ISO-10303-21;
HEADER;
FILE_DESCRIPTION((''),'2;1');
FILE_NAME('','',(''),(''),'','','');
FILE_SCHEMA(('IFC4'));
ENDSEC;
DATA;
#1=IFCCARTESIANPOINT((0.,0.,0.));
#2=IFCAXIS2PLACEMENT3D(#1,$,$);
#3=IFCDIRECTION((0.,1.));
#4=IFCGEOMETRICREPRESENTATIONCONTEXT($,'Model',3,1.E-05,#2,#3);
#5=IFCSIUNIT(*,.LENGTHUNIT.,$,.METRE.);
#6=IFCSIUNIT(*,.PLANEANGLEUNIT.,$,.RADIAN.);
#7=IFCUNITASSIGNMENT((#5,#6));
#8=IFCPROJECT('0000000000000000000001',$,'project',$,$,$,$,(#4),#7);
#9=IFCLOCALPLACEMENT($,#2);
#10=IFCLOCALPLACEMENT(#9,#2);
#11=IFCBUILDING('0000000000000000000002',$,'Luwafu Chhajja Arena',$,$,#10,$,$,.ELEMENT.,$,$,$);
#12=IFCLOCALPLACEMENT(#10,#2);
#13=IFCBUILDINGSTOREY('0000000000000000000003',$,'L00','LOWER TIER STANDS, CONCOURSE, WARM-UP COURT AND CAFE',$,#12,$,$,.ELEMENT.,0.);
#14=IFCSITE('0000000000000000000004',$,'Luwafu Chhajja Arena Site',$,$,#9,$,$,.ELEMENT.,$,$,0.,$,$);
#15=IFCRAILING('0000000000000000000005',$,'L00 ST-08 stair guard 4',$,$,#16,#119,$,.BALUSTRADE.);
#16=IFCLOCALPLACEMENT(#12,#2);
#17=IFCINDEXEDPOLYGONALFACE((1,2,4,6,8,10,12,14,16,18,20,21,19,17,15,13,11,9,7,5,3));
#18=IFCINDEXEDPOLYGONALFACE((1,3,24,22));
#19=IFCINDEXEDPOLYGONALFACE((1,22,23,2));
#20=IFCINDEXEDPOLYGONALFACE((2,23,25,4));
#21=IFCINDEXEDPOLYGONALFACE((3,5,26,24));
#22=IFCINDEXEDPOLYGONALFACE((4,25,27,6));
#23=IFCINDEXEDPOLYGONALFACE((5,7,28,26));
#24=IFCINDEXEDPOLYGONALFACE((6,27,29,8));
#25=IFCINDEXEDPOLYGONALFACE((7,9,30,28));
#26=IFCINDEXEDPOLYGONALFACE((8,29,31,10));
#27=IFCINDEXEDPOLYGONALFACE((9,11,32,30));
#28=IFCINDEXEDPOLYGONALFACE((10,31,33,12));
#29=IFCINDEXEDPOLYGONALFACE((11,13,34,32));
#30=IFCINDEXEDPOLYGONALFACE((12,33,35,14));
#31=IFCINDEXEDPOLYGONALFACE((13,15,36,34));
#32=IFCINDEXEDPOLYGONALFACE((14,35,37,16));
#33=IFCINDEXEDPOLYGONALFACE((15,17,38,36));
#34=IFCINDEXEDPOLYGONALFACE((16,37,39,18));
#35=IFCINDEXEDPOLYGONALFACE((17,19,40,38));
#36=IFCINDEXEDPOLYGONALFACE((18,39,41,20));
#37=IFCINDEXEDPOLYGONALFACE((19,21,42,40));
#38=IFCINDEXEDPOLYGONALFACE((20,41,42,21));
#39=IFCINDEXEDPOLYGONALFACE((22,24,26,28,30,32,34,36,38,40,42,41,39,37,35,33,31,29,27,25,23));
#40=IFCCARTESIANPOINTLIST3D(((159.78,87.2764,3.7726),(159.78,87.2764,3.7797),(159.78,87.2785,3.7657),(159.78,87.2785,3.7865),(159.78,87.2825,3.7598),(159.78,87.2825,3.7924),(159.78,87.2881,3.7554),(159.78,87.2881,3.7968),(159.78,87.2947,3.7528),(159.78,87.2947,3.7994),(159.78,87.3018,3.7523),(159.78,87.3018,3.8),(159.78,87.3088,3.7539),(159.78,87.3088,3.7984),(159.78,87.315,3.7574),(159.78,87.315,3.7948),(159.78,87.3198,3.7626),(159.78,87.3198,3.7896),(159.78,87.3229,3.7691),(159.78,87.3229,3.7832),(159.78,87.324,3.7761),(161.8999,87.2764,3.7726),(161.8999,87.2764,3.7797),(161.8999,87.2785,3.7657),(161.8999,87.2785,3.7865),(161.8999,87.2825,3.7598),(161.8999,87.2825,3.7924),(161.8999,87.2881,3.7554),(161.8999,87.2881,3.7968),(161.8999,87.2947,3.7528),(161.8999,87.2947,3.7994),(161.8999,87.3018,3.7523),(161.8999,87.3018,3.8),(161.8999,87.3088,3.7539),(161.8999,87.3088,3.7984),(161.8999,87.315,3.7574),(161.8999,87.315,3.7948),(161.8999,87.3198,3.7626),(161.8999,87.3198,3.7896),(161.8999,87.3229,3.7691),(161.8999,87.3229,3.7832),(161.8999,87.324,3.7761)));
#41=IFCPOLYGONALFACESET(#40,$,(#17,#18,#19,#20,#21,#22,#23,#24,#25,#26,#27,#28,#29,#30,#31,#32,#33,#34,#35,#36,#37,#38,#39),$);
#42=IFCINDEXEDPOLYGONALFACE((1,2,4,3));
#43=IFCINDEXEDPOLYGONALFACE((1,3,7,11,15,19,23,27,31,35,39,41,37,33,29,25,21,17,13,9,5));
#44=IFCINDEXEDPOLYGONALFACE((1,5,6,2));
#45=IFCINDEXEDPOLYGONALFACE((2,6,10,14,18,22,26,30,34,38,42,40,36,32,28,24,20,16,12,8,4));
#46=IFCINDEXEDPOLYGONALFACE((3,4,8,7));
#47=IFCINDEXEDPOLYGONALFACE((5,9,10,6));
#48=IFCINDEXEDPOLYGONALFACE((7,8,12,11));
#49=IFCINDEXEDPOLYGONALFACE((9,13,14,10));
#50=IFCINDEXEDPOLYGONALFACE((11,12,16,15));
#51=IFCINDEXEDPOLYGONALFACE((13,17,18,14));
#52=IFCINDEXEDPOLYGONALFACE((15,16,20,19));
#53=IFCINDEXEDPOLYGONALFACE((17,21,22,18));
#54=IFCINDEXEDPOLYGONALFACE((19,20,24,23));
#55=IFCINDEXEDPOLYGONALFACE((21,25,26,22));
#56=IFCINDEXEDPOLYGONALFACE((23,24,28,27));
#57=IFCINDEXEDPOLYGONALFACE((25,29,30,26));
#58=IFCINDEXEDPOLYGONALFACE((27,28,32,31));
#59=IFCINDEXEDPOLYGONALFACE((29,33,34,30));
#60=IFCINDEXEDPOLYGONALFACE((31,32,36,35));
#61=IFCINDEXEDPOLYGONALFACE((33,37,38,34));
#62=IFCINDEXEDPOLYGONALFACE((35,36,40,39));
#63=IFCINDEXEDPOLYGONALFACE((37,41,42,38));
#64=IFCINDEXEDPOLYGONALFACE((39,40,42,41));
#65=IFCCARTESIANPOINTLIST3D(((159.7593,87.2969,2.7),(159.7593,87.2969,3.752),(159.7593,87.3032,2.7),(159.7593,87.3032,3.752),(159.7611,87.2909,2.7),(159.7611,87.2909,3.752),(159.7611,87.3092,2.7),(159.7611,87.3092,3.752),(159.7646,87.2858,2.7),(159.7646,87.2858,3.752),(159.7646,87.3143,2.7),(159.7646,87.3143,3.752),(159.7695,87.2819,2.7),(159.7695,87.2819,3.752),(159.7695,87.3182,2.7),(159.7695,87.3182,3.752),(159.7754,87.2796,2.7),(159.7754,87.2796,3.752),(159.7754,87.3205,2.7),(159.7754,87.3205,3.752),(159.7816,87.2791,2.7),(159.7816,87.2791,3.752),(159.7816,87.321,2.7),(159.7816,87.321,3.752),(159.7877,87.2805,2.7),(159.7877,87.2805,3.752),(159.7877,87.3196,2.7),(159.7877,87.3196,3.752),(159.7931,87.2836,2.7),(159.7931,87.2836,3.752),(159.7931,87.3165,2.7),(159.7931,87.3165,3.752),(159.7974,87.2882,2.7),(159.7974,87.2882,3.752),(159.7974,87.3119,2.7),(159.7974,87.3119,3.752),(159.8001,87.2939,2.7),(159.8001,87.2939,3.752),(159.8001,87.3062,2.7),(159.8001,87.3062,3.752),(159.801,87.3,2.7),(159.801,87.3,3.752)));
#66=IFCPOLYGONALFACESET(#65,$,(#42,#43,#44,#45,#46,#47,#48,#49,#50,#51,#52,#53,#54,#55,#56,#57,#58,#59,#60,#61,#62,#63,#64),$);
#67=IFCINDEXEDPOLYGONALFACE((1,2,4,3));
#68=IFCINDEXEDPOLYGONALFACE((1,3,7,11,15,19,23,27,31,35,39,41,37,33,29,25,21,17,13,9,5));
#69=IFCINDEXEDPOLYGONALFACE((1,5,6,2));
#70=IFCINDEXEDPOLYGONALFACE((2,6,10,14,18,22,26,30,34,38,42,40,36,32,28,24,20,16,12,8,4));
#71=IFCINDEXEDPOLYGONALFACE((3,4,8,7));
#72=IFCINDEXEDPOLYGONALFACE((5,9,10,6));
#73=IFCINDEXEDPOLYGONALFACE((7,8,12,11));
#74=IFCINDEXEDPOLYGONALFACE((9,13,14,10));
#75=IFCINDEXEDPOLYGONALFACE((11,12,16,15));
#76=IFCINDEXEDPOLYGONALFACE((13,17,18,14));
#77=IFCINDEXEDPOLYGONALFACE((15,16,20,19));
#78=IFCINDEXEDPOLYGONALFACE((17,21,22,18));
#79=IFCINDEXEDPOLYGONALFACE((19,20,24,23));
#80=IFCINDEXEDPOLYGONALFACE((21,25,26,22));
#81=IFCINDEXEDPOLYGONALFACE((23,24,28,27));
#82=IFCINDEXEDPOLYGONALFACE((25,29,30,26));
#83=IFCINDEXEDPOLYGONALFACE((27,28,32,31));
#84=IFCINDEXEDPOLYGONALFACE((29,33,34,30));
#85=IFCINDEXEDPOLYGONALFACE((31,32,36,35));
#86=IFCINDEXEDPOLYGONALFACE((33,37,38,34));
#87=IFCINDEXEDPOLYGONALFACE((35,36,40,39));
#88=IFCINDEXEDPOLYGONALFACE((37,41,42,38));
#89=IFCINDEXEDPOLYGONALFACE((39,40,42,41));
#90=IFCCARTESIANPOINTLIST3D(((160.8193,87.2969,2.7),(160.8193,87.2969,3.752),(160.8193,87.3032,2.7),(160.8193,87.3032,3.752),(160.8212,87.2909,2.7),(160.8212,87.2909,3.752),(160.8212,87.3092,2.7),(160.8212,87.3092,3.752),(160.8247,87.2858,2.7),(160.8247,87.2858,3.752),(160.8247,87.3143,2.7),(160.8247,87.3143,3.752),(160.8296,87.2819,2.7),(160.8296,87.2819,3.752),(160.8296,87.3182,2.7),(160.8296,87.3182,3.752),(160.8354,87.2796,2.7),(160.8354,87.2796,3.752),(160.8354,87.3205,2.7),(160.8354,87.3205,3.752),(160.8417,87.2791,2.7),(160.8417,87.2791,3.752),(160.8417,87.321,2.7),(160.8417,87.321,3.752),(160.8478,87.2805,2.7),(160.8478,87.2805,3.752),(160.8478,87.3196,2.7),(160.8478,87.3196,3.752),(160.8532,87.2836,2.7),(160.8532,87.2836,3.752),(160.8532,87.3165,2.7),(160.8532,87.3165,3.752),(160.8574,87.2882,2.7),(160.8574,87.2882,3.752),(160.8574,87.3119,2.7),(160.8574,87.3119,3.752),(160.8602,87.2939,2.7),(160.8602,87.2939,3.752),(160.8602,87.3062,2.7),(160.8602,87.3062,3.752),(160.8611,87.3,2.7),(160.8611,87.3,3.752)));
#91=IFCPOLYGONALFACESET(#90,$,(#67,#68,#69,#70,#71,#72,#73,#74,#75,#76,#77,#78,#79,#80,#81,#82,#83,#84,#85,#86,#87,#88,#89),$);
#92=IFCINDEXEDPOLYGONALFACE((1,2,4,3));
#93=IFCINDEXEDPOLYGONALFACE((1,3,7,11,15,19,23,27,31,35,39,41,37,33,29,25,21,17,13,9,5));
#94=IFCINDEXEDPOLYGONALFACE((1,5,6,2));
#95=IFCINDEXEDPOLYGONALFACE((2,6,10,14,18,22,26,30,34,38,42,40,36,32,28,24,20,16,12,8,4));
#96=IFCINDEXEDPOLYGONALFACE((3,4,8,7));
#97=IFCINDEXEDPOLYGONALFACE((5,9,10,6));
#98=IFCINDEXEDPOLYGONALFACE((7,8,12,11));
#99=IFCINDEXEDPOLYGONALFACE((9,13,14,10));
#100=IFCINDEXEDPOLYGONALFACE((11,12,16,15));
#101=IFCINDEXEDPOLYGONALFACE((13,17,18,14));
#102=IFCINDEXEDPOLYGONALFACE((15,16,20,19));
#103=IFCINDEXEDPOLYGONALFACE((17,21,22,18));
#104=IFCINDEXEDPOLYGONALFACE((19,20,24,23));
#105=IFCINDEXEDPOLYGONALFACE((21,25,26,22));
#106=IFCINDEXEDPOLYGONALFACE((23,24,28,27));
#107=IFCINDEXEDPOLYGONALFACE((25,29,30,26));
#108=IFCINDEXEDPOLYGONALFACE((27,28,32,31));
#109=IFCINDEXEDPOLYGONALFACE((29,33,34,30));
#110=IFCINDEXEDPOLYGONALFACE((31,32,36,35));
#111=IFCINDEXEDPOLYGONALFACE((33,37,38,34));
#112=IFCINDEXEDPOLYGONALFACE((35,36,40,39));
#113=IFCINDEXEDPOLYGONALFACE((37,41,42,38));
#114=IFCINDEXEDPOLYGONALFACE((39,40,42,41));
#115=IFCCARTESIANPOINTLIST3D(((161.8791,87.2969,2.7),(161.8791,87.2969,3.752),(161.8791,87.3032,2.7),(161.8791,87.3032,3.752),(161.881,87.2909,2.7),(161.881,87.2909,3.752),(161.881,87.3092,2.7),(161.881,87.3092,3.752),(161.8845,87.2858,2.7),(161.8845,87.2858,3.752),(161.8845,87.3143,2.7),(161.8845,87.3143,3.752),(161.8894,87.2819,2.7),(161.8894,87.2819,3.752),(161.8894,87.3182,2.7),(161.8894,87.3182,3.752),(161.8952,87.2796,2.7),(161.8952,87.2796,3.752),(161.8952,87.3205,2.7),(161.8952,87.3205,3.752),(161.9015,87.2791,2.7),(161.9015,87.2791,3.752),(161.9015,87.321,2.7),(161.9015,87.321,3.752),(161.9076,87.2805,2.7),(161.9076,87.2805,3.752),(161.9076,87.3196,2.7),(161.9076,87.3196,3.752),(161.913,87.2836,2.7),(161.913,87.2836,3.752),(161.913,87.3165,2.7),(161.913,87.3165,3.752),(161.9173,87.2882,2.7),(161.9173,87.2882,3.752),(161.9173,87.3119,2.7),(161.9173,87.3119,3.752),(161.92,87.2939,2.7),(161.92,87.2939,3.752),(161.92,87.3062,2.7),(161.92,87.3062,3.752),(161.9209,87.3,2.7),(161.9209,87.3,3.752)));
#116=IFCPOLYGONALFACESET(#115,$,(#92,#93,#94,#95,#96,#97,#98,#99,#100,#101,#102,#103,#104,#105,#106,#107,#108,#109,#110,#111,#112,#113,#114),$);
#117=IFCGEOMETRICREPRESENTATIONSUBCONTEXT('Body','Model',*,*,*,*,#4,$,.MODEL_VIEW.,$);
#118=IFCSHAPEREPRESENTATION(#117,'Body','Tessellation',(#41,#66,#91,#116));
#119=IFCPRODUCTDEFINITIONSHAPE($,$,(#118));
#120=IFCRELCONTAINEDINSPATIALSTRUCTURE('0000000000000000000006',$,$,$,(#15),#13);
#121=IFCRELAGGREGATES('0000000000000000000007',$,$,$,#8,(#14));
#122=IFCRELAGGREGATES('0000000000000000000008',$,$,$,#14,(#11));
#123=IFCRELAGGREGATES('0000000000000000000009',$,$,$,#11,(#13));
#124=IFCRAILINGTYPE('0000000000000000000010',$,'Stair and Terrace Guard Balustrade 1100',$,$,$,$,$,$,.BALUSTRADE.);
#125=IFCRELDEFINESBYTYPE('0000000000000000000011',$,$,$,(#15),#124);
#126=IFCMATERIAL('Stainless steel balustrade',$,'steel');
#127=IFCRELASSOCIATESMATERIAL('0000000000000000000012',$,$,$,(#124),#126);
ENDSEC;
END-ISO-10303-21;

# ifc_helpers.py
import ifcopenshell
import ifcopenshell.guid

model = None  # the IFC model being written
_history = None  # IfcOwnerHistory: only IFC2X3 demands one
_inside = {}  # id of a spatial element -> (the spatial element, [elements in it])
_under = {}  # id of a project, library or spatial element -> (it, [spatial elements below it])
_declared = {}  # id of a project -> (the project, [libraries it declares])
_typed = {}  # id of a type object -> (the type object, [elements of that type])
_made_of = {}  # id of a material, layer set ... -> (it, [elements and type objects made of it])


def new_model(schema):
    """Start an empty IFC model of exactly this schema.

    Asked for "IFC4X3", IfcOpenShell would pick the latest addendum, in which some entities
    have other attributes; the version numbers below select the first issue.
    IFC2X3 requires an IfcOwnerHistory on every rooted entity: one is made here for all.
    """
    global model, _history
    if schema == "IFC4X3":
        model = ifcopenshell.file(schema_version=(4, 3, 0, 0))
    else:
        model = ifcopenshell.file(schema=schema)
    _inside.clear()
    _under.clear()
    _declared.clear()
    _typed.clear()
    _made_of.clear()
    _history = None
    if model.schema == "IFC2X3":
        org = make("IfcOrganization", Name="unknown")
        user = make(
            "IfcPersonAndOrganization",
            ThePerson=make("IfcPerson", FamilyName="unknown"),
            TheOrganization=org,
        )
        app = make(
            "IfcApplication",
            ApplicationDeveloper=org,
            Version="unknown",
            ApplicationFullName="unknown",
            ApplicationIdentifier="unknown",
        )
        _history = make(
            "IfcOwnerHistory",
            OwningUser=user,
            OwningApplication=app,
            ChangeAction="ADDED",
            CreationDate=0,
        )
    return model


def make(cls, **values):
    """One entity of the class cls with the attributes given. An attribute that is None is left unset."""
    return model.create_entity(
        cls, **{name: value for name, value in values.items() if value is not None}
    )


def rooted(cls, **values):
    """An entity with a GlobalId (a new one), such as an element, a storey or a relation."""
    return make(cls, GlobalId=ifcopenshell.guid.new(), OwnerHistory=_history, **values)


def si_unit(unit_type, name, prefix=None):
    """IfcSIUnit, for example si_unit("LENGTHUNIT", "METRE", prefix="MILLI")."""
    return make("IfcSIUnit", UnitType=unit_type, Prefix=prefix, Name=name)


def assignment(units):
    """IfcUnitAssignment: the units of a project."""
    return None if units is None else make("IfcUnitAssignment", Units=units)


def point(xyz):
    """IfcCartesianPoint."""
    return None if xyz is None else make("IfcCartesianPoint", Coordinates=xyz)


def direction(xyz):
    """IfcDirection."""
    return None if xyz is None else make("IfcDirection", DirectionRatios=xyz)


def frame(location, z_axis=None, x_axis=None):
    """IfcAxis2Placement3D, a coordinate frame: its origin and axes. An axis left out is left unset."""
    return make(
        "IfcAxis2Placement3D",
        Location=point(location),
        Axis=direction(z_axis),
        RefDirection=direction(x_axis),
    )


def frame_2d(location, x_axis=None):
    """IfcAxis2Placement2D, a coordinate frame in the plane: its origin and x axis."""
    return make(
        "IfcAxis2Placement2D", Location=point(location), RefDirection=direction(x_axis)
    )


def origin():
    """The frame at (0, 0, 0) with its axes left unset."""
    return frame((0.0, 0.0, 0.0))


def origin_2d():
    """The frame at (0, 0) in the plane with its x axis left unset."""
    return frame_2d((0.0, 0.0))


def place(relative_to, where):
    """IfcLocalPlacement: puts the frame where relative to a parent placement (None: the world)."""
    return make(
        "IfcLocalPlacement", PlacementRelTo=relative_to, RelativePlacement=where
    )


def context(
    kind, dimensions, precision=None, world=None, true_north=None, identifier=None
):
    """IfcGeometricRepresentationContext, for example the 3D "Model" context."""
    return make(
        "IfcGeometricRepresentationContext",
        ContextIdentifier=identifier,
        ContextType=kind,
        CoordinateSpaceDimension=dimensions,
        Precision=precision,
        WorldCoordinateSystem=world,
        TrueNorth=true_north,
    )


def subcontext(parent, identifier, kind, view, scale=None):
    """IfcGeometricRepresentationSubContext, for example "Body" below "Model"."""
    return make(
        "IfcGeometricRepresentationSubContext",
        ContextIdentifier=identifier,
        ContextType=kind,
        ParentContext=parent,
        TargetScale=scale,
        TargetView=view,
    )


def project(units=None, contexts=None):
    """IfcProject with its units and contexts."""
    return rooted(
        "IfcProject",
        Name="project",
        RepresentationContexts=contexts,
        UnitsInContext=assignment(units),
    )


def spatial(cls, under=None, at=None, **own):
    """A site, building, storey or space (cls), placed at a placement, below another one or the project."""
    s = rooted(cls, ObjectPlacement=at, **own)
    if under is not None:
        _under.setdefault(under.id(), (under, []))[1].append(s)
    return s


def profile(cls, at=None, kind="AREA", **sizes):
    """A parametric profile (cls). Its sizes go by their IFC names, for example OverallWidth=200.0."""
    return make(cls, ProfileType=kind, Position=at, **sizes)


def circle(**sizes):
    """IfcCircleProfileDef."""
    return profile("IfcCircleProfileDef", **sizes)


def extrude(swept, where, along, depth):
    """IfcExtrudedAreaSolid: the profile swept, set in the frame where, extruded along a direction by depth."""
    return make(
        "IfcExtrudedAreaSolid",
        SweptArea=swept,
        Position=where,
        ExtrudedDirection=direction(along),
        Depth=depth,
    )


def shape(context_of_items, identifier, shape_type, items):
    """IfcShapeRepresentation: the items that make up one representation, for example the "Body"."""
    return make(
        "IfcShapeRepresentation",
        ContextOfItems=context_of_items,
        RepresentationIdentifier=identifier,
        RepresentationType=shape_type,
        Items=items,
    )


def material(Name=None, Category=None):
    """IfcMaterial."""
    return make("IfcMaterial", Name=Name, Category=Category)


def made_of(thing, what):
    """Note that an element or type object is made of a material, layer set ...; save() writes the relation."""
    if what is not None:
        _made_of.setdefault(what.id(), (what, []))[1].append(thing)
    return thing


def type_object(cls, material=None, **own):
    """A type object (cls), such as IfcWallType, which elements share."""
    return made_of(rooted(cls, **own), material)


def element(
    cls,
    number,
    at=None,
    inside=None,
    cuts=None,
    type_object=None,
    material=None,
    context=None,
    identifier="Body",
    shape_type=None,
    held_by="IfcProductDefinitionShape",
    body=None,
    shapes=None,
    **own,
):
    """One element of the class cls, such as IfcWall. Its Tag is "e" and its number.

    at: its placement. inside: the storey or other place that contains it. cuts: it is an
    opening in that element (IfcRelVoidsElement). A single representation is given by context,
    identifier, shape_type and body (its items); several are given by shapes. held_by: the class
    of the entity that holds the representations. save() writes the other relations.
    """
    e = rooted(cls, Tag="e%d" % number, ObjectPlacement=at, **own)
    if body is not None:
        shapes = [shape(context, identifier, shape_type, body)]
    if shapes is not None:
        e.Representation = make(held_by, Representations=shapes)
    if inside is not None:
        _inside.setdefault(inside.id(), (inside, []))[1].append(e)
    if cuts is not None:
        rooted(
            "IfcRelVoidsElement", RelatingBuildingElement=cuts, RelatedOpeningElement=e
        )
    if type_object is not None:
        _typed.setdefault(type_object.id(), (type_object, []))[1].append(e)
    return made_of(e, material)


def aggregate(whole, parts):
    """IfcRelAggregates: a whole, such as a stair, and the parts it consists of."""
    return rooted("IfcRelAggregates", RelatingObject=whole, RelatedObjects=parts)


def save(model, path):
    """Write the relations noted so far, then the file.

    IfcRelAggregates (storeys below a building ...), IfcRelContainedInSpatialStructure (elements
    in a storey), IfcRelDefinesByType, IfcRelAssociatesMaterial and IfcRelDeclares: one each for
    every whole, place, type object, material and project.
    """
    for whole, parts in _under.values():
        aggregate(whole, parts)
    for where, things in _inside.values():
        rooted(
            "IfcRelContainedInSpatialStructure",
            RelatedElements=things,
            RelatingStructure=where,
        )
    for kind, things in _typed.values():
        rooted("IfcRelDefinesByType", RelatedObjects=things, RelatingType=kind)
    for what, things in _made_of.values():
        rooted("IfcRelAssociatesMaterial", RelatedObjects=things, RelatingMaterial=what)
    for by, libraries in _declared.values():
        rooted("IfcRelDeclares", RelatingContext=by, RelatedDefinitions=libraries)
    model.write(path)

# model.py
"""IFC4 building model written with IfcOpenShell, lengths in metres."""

from ifc_helpers import new_model, si_unit, direction, frame, origin, origin_2d, place, context, subcontext, project, spatial, circle, extrude, material, type_object, element, save


model = new_model("IFC4")

# Units and contexts
model_context = context("Model", 3, precision=1e-05, world=origin(), true_north=direction((0.0, 1.0)))
body_context = subcontext(model_context, "Body", "Model", "MODEL_VIEW")
ifc_project = project(units=[si_unit("LENGTHUNIT", "METRE"), si_unit("PLANEANGLEUNIT", "RADIAN")], contexts=[model_context])

# Site, building, storey
site_placement = place(None, origin())
site = spatial("IfcSite", under=ifc_project, at=site_placement, Name="Luwafu Chhajja Arena Site", CompositionType="ELEMENT", RefElevation=0.0)
building_placement = place(site_placement, origin())
building = spatial("IfcBuilding", under=site, at=building_placement, Name="Luwafu Chhajja Arena", CompositionType="ELEMENT")
storey_placement = place(building_placement, origin())
storey = spatial("IfcBuildingStorey", under=building, at=storey_placement, Name="L00", Description="LOWER TIER STANDS, CONCOURSE, WARM-UP COURT AND CAFE", CompositionType="ELEMENT", Elevation=0.0)

# Railing
ifc_material_1 = material(Name="Stainless steel balustrade", Category="steel")
railing_type_1 = type_object("IfcRailingType", Name="Stair and Terrace Guard Balustrade 1100", PredefinedType="BALUSTRADE", material=ifc_material_1)
for number, where, name in (
    (1, (159.78, 87.3, 2.7), "L00 ST-08 stair guard 4"),
):
    element("IfcRailing", number, at=place(storey_placement, frame(where)), inside=storey, type_object=railing_type_1, Name=name, PredefinedType="BALUSTRADE", context=body_context, shape_type="SweptSolid", body=[
        extrude(circle(Radius=0.0239, at=origin_2d()), frame((0.0, 0.0, 1.0762), z_axis=(1.0, 0.0, 0.0), x_axis=(0.0, 1.0, 0.0)), (0.0, 0.0, 1.0), 2.1199),
        extrude(circle(Radius=0.021, at=origin_2d()), origin(), (0.0, 0.0, 1.0), 1.052),
        extrude(circle(Radius=0.021, at=origin_2d()), frame((1.0601, 0.0, 0.0)), (0.0, 0.0, 1.0), 1.052),
        extrude(circle(Radius=0.021, at=origin_2d()), frame((2.1199, 0.0, 0.0)), (0.0, 0.0, 1.0), 1.052),
    ])

save(model, "model.ifc")
